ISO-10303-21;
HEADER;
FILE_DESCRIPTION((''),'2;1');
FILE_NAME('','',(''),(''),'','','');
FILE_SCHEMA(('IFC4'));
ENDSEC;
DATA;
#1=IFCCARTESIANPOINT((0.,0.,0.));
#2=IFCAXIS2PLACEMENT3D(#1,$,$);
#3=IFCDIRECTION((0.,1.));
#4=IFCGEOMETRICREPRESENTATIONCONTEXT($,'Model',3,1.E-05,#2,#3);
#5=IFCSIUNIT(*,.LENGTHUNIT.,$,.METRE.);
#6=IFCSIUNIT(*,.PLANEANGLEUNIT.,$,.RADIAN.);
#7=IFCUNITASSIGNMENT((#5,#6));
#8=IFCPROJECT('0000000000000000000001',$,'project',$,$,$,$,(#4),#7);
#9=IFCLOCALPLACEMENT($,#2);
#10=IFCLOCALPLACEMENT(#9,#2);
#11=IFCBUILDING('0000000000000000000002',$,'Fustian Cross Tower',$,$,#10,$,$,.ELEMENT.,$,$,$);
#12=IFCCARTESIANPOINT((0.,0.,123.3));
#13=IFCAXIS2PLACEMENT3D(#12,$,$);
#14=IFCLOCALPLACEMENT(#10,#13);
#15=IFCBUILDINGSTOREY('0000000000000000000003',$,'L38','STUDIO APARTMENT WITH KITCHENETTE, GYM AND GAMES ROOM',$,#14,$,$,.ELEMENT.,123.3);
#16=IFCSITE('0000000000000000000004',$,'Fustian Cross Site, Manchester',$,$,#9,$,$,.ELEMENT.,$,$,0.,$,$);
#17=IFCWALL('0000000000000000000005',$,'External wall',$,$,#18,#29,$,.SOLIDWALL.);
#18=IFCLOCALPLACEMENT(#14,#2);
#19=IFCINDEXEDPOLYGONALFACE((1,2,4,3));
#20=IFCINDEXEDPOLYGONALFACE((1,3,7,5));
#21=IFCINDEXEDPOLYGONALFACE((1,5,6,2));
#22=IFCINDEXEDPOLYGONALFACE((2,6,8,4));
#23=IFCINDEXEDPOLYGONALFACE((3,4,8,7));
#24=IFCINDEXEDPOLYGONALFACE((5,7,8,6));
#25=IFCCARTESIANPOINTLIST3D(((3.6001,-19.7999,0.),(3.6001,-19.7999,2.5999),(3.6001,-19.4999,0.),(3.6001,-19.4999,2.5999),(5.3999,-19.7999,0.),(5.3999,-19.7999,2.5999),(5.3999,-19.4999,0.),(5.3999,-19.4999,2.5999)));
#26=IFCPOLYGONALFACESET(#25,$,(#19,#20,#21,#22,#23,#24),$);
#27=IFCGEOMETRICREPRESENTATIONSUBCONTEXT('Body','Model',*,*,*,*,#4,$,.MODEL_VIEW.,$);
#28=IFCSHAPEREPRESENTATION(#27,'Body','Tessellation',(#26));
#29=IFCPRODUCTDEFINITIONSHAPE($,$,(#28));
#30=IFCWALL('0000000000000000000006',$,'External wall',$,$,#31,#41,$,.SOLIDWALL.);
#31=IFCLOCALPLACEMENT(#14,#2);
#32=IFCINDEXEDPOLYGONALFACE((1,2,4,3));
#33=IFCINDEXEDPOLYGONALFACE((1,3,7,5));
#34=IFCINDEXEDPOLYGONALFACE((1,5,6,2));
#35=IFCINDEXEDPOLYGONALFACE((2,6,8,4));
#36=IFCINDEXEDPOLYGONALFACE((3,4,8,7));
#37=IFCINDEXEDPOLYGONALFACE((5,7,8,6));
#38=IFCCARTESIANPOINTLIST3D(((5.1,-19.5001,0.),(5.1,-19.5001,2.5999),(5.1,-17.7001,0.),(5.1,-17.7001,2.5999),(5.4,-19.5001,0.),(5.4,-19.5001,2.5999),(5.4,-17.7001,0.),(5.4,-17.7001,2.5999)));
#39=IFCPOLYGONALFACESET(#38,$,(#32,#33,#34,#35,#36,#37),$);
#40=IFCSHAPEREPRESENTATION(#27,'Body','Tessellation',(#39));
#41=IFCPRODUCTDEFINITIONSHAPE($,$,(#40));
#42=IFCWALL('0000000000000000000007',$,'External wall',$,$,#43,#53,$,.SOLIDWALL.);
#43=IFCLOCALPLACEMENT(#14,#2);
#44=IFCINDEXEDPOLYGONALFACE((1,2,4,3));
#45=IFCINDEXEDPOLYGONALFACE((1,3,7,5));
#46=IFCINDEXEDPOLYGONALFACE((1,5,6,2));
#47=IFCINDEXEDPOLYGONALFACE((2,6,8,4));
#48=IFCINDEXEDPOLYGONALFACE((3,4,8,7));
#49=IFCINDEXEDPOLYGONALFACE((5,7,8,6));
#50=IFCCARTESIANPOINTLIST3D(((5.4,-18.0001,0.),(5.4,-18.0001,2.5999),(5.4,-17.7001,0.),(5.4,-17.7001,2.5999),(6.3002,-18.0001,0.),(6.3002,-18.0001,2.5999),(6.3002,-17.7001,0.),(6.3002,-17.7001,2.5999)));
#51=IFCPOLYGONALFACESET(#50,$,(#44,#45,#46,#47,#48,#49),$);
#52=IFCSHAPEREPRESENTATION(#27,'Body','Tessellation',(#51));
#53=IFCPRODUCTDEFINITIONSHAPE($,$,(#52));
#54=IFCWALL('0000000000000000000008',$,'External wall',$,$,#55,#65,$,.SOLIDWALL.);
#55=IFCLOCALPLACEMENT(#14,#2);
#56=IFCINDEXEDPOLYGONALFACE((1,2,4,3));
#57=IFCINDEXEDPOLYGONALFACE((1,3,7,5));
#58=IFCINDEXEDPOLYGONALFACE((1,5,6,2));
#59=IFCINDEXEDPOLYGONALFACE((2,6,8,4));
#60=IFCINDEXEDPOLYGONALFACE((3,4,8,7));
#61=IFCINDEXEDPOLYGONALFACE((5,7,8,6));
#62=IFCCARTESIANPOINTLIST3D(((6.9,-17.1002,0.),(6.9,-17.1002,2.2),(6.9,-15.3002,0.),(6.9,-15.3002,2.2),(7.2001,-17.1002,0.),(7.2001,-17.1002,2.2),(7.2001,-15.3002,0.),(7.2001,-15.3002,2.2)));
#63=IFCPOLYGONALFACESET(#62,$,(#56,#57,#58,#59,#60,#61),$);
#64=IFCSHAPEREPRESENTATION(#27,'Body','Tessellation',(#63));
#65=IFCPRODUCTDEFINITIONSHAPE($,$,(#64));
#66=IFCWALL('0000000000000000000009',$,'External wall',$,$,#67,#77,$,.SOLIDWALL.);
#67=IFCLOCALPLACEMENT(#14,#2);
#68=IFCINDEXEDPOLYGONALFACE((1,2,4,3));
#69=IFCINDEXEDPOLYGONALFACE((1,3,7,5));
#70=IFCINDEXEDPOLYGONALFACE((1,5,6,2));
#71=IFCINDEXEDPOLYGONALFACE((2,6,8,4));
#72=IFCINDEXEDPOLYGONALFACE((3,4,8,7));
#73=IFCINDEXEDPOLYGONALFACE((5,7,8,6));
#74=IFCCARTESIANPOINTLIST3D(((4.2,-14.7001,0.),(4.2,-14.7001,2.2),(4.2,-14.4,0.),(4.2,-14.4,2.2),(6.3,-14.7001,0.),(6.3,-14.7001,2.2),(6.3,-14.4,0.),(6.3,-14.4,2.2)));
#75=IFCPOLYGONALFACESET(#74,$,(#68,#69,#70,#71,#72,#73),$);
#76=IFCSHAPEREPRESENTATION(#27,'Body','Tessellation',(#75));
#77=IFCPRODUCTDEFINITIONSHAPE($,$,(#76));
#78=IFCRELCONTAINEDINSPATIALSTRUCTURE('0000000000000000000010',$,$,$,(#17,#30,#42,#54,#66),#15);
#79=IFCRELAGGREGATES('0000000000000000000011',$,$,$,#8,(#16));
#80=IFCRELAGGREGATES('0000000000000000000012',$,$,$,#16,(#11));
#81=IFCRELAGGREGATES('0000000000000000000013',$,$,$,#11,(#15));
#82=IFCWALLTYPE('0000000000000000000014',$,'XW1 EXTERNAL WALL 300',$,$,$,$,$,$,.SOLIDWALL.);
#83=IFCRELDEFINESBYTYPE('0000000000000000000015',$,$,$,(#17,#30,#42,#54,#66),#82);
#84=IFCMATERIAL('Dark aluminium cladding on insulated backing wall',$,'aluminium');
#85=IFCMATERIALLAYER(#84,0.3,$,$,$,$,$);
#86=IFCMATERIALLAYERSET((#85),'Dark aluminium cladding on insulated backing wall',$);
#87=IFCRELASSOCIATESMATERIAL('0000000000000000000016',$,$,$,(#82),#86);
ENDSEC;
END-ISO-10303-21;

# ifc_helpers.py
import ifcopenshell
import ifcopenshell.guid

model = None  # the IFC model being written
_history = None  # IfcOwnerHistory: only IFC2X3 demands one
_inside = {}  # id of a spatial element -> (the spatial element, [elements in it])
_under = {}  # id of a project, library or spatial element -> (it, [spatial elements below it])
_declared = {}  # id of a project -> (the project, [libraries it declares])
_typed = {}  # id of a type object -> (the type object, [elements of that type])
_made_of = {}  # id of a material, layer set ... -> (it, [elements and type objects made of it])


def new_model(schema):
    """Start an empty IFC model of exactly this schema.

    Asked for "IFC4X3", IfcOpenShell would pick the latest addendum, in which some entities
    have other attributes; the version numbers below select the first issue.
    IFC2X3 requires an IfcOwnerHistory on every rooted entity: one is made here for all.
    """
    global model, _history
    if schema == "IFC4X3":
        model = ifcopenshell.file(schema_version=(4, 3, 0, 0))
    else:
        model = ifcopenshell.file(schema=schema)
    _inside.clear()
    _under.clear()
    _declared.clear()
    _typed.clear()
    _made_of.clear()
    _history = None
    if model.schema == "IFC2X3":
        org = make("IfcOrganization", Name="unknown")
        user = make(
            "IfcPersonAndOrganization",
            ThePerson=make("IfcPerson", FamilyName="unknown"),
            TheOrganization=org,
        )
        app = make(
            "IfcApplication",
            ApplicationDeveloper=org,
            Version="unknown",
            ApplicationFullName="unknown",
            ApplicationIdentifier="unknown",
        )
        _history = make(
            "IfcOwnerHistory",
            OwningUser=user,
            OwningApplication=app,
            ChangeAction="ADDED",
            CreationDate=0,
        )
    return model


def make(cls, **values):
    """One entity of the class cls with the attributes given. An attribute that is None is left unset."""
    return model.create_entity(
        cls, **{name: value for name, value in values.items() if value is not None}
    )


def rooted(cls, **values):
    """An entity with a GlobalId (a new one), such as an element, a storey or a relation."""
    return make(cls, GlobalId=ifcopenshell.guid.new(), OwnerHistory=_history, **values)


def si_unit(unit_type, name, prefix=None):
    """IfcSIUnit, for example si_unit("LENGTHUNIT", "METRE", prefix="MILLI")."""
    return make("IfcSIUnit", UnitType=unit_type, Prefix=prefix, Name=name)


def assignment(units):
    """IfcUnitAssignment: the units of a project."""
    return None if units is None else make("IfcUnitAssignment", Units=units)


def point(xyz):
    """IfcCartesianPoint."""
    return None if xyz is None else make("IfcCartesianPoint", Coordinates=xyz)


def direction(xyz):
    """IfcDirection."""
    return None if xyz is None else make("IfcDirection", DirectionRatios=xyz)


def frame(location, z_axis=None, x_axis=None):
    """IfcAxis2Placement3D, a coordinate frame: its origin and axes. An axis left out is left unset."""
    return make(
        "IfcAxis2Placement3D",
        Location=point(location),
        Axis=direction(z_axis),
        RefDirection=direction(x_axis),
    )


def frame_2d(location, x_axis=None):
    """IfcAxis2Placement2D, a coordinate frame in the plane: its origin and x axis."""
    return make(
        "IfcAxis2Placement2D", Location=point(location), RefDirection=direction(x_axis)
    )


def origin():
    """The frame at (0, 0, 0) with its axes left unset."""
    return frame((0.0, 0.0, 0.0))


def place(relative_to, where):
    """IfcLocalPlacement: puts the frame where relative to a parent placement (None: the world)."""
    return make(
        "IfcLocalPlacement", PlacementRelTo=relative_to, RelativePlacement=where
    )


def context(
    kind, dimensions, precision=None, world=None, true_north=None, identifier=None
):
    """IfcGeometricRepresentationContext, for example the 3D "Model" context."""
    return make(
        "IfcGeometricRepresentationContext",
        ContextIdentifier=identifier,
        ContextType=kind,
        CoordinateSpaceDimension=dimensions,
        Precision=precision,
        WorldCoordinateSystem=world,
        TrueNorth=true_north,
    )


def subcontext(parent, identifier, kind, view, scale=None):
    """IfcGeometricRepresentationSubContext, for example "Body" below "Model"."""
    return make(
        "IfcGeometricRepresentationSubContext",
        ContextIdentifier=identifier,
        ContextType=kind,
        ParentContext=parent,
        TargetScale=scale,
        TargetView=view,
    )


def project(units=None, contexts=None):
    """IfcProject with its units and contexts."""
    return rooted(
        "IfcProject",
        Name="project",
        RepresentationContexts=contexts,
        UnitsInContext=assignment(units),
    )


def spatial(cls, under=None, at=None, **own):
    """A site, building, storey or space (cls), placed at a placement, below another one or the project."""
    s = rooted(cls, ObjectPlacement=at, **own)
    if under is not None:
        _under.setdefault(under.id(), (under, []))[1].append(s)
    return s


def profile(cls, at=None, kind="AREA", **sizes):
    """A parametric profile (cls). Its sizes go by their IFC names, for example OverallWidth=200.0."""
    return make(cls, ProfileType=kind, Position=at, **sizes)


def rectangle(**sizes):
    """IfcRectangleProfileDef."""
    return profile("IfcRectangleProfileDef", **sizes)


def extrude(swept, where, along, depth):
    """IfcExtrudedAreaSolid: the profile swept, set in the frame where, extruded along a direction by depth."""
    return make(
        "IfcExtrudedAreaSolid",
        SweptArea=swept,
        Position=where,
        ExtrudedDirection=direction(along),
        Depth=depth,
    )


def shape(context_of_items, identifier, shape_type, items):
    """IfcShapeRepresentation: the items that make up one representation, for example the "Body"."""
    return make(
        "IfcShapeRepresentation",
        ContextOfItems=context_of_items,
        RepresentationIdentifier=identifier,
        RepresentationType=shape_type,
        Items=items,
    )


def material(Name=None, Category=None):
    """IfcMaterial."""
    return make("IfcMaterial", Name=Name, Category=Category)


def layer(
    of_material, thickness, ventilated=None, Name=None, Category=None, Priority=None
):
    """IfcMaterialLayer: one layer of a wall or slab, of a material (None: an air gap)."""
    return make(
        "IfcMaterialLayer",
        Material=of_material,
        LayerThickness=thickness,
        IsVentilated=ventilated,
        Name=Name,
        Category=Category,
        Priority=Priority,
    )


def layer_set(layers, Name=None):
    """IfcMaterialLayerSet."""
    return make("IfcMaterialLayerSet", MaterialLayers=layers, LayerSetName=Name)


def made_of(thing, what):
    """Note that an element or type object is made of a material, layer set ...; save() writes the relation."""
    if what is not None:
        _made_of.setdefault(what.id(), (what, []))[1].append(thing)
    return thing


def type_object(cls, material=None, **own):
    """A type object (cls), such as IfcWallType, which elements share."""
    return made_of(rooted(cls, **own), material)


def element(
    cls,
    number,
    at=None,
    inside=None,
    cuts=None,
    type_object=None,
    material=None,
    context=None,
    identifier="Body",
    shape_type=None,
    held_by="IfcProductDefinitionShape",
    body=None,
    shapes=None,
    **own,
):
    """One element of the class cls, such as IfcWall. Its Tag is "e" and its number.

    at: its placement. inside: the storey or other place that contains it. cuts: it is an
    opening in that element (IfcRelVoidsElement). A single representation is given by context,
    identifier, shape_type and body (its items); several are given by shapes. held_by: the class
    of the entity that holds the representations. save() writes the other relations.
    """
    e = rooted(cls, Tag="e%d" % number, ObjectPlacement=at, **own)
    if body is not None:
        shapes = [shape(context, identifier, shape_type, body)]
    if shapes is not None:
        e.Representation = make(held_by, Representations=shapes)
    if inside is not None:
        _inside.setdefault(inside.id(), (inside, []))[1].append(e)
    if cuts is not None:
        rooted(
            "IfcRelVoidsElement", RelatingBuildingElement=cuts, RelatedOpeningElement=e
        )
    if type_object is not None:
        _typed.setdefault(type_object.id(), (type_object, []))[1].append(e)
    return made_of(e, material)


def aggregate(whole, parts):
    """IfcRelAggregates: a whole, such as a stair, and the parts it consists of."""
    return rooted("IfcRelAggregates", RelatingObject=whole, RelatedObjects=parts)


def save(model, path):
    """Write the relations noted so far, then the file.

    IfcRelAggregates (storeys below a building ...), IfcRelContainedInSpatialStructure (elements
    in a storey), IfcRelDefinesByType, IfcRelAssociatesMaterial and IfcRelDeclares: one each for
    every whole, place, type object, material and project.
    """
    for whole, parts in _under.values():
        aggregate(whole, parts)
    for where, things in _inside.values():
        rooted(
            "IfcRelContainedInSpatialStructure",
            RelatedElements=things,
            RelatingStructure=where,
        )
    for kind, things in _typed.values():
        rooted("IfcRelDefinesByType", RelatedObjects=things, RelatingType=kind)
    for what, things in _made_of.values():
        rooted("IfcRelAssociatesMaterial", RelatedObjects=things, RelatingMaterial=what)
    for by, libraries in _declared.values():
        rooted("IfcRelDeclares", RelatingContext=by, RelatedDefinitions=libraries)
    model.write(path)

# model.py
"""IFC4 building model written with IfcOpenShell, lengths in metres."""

from ifc_helpers import new_model, si_unit, direction, frame, frame_2d, origin, place, context, subcontext, project, spatial, rectangle, extrude, material, layer, layer_set, type_object, element, save


model = new_model("IFC4")

# Units and contexts
model_context = context("Model", 3, precision=1e-05, world=origin(), true_north=direction((0.0, 1.0)))
body_context = subcontext(model_context, "Body", "Model", "MODEL_VIEW")
ifc_project = project(units=[si_unit("LENGTHUNIT", "METRE"), si_unit("PLANEANGLEUNIT", "RADIAN")], contexts=[model_context])

# Site, building, storey
site_placement = place(None, origin())
site = spatial("IfcSite", under=ifc_project, at=site_placement, Name="Fustian Cross Site, Manchester", CompositionType="ELEMENT", RefElevation=0.0)
building_placement = place(site_placement, origin())
building = spatial("IfcBuilding", under=site, at=building_placement, Name="Fustian Cross Tower", CompositionType="ELEMENT")
storey_placement = place(building_placement, frame((0.0, 0.0, 123.3)))
storey = spatial("IfcBuildingStorey", under=building, at=storey_placement, Name="L38", Description="STUDIO APARTMENT WITH KITCHENETTE, GYM AND GAMES ROOM", CompositionType="ELEMENT", Elevation=123.3)

# Walls
ifc_material_1 = material(Name="Dark aluminium cladding on insulated backing wall", Category="aluminium")
ifc_layer_1 = layer(ifc_material_1, 0.3)
ifc_layer_set_1 = layer_set([ifc_layer_1], Name="Dark aluminium cladding on insulated backing wall")
wall_type_1 = type_object("IfcWallType", Name="XW1 EXTERNAL WALL 300", PredefinedType="SOLIDWALL", material=ifc_layer_set_1)
wall_1_placement = place(storey_placement, frame((3.6001, -19.6499, 0.0), z_axis=(0.0, 0.0, 1.0), x_axis=(1.0, 0.0, 0.0)))
element("IfcWall", 1, at=wall_1_placement, inside=storey, type_object=wall_type_1, Name="External wall", PredefinedType="SOLIDWALL", context=body_context, shape_type="SweptSolid", body=[
    extrude(rectangle(XDim=1.7998, YDim=0.3, at=frame_2d((0.8999, 0.0))), origin(), (0.0, 0.0, 1.0), 2.5999),
])
wall_2_placement = place(storey_placement, frame((5.25, -19.5, 0.0), z_axis=(0.0, 0.0, 1.0), x_axis=(0.0, 1.0, 0.0)))
element("IfcWall", 2, at=wall_2_placement, inside=storey, type_object=wall_type_1, Name="External wall", PredefinedType="SOLIDWALL", context=body_context, shape_type="SweptSolid", body=[
    extrude(rectangle(XDim=1.8, YDim=0.3, at=frame_2d((0.8999, 0.0))), origin(), (0.0, 0.0, 1.0), 2.5999),
])
wall_3_placement = place(storey_placement, frame((5.3999, -17.8501, 0.0), z_axis=(0.0, 0.0, 1.0), x_axis=(1.0, 0.0, 0.0)))
element("IfcWall", 3, at=wall_3_placement, inside=storey, type_object=wall_type_1, Name="External wall", PredefinedType="SOLIDWALL", context=body_context, shape_type="SweptSolid", body=[
    extrude(rectangle(XDim=0.9001, YDim=0.3, at=frame_2d((0.4502, 0.0))), origin(), (0.0, 0.0, 1.0), 2.5999),
])
wall_4_placement = place(storey_placement, frame((7.05, -17.1001, 0.0), z_axis=(0.0, 0.0, 1.0), x_axis=(0.0, 1.0, 0.0)))
element("IfcWall", 4, at=wall_4_placement, inside=storey, type_object=wall_type_1, Name="External wall", PredefinedType="SOLIDWALL", context=body_context, shape_type="SweptSolid", body=[
    extrude(rectangle(XDim=1.8, YDim=0.3, at=frame_2d((0.8999, 0.0))), origin(), (0.0, 0.0, 1.0), 2.2),
])
wall_5_placement = place(storey_placement, frame((6.3, -14.55, 0.0), z_axis=(0.0, 0.0, 1.0), x_axis=(-1.0, 0.0, 0.0)))
element("IfcWall", 5, at=wall_5_placement, inside=storey, type_object=wall_type_1, Name="External wall", PredefinedType="SOLIDWALL", context=body_context, shape_type="SweptSolid", body=[
    extrude(rectangle(XDim=2.1001, YDim=0.3, at=frame_2d((1.05, 0.0))), origin(), (0.0, 0.0, 1.0), 2.2),
])

save(model, "model.ifc")
